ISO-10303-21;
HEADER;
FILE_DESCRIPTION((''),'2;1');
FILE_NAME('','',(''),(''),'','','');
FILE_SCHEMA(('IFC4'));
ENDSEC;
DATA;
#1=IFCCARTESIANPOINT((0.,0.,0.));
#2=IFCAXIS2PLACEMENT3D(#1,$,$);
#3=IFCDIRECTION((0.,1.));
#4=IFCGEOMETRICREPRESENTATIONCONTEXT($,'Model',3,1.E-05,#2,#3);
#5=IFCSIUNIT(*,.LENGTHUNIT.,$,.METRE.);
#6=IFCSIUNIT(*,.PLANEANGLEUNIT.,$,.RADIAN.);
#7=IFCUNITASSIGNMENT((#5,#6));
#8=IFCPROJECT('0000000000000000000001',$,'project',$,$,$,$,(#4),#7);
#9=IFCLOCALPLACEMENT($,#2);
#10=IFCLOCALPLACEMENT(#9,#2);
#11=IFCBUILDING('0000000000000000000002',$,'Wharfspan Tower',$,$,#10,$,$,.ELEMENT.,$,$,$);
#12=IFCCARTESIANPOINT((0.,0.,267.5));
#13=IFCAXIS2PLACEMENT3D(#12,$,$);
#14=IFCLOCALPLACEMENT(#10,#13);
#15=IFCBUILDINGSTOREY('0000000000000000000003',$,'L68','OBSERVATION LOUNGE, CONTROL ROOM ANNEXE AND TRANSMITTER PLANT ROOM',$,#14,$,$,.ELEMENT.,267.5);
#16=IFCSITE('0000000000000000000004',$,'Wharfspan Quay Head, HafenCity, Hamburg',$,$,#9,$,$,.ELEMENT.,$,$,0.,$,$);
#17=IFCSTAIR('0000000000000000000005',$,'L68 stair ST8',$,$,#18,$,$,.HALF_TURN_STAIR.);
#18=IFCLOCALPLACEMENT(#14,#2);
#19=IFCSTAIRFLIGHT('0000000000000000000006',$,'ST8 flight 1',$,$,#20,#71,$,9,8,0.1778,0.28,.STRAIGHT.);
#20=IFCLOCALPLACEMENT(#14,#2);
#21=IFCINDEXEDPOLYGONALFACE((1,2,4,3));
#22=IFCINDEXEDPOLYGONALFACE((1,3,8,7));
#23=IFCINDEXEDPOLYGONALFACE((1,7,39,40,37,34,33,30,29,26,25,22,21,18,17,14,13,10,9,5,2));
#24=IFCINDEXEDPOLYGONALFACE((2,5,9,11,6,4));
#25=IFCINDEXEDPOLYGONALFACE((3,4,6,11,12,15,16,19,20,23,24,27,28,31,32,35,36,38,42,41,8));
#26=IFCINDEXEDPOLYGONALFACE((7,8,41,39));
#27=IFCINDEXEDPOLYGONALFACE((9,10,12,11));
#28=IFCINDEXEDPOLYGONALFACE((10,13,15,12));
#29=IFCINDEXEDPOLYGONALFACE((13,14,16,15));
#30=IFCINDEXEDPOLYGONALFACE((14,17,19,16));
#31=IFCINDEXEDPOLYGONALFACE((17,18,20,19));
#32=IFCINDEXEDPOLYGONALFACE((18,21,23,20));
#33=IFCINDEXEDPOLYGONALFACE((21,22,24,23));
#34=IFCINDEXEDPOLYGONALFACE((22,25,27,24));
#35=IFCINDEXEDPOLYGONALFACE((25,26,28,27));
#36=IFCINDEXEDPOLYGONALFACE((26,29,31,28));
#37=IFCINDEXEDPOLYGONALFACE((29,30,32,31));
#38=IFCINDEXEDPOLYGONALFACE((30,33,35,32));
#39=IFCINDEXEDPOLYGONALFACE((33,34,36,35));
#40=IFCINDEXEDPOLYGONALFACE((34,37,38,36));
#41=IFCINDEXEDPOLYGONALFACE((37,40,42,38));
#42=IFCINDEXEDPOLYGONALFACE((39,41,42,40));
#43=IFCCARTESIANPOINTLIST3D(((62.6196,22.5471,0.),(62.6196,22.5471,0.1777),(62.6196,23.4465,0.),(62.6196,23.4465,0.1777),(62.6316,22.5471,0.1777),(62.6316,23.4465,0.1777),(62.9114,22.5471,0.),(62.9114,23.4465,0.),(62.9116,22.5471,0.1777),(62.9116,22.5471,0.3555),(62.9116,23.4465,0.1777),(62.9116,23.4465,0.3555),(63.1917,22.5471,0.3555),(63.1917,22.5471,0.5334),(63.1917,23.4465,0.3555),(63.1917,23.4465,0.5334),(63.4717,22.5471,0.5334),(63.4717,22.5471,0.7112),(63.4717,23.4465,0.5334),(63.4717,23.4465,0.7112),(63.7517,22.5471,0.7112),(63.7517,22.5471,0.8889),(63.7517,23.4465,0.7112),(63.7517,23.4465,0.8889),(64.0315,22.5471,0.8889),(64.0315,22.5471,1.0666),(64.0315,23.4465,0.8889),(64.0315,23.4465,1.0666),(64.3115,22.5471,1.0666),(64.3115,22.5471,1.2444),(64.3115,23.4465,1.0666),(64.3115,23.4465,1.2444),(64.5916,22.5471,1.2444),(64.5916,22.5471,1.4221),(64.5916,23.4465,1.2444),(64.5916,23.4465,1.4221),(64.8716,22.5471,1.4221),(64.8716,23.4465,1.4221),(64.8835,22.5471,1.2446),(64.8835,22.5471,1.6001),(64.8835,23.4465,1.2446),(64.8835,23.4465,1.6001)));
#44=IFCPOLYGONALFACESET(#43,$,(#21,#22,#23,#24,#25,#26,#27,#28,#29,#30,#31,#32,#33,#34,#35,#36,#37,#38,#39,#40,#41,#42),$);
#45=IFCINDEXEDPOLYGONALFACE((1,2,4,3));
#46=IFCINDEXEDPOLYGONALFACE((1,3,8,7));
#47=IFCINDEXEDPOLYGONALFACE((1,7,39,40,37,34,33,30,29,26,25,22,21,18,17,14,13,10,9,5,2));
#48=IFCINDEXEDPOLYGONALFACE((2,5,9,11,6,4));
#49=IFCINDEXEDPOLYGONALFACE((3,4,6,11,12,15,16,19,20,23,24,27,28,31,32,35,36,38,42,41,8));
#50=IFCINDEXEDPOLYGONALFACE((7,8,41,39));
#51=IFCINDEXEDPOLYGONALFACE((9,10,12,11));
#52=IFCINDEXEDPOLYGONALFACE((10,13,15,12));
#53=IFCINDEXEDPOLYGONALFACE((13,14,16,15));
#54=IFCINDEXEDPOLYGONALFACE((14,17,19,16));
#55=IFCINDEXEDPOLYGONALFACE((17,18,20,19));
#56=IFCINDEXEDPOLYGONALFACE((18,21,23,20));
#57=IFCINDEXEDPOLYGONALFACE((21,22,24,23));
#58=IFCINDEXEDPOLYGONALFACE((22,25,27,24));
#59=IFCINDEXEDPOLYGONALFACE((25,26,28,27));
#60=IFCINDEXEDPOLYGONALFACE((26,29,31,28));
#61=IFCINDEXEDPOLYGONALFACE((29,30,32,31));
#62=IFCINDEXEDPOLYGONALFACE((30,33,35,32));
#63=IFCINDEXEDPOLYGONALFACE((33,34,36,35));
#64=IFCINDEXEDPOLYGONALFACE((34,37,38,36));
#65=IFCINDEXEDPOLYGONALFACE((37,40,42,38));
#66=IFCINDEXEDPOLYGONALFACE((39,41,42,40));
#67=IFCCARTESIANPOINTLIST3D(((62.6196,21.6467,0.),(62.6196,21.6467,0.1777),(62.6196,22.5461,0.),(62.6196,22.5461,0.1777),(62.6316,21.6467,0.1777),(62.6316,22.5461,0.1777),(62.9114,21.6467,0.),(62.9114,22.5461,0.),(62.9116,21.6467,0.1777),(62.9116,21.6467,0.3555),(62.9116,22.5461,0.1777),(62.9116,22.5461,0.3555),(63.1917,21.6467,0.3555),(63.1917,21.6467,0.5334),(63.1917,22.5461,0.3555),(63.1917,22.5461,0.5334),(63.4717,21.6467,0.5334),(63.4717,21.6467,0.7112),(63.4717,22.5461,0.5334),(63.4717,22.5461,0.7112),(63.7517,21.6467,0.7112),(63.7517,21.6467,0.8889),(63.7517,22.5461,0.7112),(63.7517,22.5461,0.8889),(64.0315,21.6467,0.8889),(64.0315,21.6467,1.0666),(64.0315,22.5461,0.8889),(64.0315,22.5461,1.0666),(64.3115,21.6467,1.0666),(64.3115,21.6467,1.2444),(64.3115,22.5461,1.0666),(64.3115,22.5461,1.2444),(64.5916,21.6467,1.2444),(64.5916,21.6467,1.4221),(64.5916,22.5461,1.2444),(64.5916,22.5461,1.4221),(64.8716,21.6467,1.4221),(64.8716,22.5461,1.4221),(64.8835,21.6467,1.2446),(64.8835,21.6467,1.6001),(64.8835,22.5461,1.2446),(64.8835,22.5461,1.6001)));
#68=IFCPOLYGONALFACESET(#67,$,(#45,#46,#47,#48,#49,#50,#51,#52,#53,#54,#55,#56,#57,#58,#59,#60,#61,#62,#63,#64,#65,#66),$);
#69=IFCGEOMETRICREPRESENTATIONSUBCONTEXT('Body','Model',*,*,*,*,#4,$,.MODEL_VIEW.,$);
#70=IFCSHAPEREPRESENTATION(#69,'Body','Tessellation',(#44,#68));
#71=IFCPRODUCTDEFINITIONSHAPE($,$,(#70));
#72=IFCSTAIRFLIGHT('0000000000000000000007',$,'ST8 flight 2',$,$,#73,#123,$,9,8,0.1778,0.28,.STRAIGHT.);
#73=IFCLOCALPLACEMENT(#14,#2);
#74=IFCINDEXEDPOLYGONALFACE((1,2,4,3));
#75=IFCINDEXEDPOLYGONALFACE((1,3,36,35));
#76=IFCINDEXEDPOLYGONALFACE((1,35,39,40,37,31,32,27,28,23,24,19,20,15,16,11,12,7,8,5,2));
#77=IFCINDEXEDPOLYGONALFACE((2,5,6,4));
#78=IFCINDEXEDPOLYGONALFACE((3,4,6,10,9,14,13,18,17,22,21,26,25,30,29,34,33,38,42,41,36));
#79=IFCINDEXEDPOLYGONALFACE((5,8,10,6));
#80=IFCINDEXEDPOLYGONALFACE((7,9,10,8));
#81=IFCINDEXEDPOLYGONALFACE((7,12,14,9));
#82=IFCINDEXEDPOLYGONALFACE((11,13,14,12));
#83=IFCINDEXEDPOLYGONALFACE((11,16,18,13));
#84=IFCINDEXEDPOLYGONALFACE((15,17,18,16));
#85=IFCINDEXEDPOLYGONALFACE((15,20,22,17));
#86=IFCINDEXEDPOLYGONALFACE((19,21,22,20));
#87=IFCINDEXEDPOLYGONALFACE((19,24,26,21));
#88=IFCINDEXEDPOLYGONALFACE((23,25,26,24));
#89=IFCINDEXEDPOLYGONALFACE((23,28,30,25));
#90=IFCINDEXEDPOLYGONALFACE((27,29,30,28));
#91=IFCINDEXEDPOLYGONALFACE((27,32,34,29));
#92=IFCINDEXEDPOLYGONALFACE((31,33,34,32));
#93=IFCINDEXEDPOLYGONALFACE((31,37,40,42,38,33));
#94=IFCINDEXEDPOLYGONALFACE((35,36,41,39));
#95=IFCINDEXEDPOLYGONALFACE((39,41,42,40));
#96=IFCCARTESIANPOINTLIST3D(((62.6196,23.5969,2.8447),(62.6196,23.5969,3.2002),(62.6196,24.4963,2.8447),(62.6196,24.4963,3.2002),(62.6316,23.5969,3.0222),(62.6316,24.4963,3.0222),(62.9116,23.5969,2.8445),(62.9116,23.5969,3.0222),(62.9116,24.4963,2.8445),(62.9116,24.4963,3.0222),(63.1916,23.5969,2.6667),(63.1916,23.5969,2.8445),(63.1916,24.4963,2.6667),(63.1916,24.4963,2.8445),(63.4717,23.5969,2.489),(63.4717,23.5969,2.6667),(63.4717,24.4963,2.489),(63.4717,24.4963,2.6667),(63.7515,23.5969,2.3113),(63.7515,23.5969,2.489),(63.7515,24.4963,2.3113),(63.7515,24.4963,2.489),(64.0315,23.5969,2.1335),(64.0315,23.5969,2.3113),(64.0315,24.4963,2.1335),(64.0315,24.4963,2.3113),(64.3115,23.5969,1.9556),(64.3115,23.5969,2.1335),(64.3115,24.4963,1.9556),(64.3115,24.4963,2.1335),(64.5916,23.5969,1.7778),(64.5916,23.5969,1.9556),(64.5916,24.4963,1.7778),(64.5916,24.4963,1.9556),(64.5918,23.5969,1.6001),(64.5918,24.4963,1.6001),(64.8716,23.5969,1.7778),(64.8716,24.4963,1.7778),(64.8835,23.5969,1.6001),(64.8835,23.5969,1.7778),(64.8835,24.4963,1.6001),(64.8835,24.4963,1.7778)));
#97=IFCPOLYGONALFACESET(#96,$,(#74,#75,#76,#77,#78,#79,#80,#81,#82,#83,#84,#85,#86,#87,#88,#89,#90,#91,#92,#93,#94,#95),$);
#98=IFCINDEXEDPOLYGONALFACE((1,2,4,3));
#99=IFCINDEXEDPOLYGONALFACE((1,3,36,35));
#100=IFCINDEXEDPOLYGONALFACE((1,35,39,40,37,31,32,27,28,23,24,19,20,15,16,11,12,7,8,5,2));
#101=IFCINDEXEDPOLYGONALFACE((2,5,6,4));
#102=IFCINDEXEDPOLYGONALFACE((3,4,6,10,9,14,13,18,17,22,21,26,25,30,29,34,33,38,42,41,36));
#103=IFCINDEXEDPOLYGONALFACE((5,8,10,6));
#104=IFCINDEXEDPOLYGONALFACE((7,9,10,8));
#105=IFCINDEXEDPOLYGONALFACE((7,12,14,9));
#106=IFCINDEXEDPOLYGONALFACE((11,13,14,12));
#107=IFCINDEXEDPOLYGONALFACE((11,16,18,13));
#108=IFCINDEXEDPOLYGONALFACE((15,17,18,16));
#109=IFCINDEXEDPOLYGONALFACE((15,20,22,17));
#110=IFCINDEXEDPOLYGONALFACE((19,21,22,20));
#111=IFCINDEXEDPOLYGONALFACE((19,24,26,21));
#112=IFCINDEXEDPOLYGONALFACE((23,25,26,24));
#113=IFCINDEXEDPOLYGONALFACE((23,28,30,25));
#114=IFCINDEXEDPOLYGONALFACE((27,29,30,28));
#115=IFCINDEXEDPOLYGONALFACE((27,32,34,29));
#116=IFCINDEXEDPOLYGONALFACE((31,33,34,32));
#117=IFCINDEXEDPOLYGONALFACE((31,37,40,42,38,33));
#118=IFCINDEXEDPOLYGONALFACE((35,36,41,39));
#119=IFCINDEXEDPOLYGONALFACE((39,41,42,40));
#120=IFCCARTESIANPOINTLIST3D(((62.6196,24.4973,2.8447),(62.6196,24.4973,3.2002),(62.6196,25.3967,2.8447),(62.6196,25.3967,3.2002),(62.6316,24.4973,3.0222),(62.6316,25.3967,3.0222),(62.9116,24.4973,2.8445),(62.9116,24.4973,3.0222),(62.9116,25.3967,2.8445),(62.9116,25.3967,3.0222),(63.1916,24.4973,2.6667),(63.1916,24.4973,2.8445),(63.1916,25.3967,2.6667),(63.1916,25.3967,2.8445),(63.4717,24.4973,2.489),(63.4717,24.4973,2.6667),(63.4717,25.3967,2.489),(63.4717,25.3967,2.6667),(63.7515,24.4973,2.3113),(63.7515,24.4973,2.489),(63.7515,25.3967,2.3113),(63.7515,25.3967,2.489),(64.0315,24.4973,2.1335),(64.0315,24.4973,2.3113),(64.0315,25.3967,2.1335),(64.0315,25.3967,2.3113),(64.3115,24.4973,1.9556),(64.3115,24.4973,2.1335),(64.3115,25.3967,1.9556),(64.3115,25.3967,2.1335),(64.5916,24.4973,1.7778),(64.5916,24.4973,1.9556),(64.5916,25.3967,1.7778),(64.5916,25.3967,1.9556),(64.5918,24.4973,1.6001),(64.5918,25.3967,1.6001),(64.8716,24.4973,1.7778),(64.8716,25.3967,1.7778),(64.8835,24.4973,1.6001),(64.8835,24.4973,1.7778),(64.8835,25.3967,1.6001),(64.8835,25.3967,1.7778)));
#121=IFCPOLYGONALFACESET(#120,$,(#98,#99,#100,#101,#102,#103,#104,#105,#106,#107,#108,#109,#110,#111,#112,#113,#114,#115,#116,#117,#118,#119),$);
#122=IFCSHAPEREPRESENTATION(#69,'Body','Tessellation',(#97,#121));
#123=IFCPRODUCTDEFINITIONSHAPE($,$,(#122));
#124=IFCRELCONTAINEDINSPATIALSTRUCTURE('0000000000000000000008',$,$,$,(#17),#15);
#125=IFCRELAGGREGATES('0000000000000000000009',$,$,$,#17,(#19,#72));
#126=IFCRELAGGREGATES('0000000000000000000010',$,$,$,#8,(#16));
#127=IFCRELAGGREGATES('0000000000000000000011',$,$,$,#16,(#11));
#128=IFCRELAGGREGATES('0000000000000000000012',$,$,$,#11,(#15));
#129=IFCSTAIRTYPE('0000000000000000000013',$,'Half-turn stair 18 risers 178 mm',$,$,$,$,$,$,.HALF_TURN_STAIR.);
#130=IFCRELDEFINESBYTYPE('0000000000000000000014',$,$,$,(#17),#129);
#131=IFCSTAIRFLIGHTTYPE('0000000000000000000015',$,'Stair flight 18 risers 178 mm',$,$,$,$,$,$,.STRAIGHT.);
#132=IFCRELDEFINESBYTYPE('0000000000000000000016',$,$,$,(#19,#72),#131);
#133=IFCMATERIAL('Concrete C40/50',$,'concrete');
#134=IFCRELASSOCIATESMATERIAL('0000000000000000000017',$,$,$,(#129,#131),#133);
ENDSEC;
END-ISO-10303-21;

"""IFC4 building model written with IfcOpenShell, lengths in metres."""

from ifc_helpers import new_model, si_unit, direction, frame, origin, place, context, subcontext, project, spatial, polyline, outline, extrude, material, type_object, element, aggregate, save


model = new_model("IFC4")

# Units and contexts
model_context = context("Model", 3, precision=1e-05, world=origin(), true_north=direction((0.0, 1.0)))
body_context = subcontext(model_context, "Body", "Model", "MODEL_VIEW")
ifc_project = project(units=[si_unit("LENGTHUNIT", "METRE"), si_unit("PLANEANGLEUNIT", "RADIAN")], contexts=[model_context])

# Site, building, storey
site_placement = place(None, origin())
site = spatial("IfcSite", under=ifc_project, at=site_placement, Name="Wharfspan Quay Head, HafenCity, Hamburg", CompositionType="ELEMENT", RefElevation=0.0)
building_placement = place(site_placement, origin())
building = spatial("IfcBuilding", under=site, at=building_placement, Name="Wharfspan Tower", CompositionType="ELEMENT")
storey_placement = place(building_placement, frame((0.0, 0.0, 267.5)))
storey = spatial("IfcBuildingStorey", under=building, at=storey_placement, Name="L68", Description="OBSERVATION LOUNGE, CONTROL ROOM ANNEXE AND TRANSMITTER PLANT ROOM", CompositionType="ELEMENT", Elevation=267.5)

# Shared definitions
ifc_material_1 = material(Name="Concrete C40/50", Category="concrete")

# Stair, stair flights
stair_type = type_object("IfcStairType", Name="Half-turn stair 18 risers 178 mm", PredefinedType="HALF_TURN_STAIR", material=ifc_material_1)
stair_placement = place(storey_placement, origin())
stair = element("IfcStair", 1, at=stair_placement, inside=storey, type_object=stair_type, Name="L68 stair ST8", PredefinedType="HALF_TURN_STAIR")
stair_flight_type = type_object("IfcStairFlightType", Name="Stair flight 18 risers 178 mm", PredefinedType="STRAIGHT", material=ifc_material_1)
stair_flight_1_placement = place(storey_placement, frame((62.6316, 22.5466, 0.0), z_axis=(0.0, 0.0, 1.0), x_axis=(1.0, 0.0, 0.0)))
stair_flight_1 = element("IfcStairFlight", 2, at=stair_flight_1_placement, type_object=stair_flight_type, Name="ST8 flight 1", NumberOfRisers=9, NumberOfTreads=8, PredefinedType="STRAIGHT", RiserHeight=0.1778, TreadLength=0.28, context=body_context, shape_type="SweptSolid", body=[
    extrude(outline(polyline([(-0.012, 0.0), (-0.012, 0.1777), (0.0, 0.1777), (0.28, 0.1777), (0.28, 0.3555), (0.5601, 0.3555), (0.5601, 0.5334), (0.8401, 0.5334), (0.8401, 0.7112), (1.1201, 0.7112), (1.1201, 0.8889), (1.3999, 0.8889), (1.3999, 1.0667), (1.6799, 1.0667), (1.6799, 1.2444), (1.96, 1.2444), (1.96, 1.4221), (2.24, 1.4221), (2.252, 1.6001), (2.252, 1.2446), (0.2798, 0.0), (-0.012, 0.0)])), frame((0.0, 0.8999, 0.0), z_axis=(0.0, -1.0, 0.0), x_axis=(1.0, 0.0, 0.0)), (0.0, 0.0, 1.0), 0.8994),
    extrude(outline(polyline([(-0.012, 0.0), (-0.012, 0.1777), (0.0, 0.1777), (0.28, 0.1777), (0.28, 0.3555), (0.5601, 0.3555), (0.5601, 0.5334), (0.8401, 0.5334), (0.8401, 0.7112), (1.1201, 0.7112), (1.1201, 0.8889), (1.3999, 0.8889), (1.3999, 1.0667), (1.6799, 1.0667), (1.6799, 1.2444), (1.96, 1.2444), (1.96, 1.4221), (2.24, 1.4221), (2.252, 1.6001), (2.252, 1.2446), (0.2798, 0.0), (-0.012, 0.0)])), frame((0.0, -0.0005, 0.0), z_axis=(0.0, -1.0, 0.0), x_axis=(1.0, 0.0, 0.0)), (0.0, 0.0, 1.0), 0.8994),
])
stair_flight_2_placement = place(storey_placement, frame((64.8716, 24.4968, 1.6001), z_axis=(0.0, 0.0, 1.0), x_axis=(-1.0, 0.0, 0.0)))
stair_flight_2 = element("IfcStairFlight", 3, at=stair_flight_2_placement, type_object=stair_flight_type, Name="ST8 flight 2", NumberOfRisers=9, NumberOfTreads=8, PredefinedType="STRAIGHT", RiserHeight=0.1778, TreadLength=0.28, context=body_context, shape_type="SweptSolid", body=[
    extrude(outline(polyline([(-0.012, 0.0), (-0.012, 0.1777), (0.0, 0.1777), (0.28, 0.1777), (0.28, 0.3555), (0.5601, 0.3555), (0.5601, 0.5334), (0.8401, 0.5334), (0.8401, 0.7112), (1.1201, 0.7112), (1.1201, 0.8889), (1.3999, 0.8889), (1.3999, 1.0667), (1.6799, 1.0667), (1.6799, 1.2444), (1.96, 1.2444), (1.96, 1.4221), (2.24, 1.4221), (2.252, 1.6001), (2.252, 1.2446), (0.2798, 0.0), (-0.012, 0.0)])), frame((0.0, 0.8999, 0.0), z_axis=(0.0, -1.0, 0.0), x_axis=(1.0, 0.0, 0.0)), (0.0, 0.0, 1.0), 0.8994),
    extrude(outline(polyline([(-0.012, 0.0), (-0.012, 0.1777), (0.0, 0.1777), (0.28, 0.1777), (0.28, 0.3555), (0.5601, 0.3555), (0.5601, 0.5334), (0.8401, 0.5334), (0.8401, 0.7112), (1.1201, 0.7112), (1.1201, 0.8889), (1.3999, 0.8889), (1.3999, 1.0667), (1.6799, 1.0667), (1.6799, 1.2444), (1.96, 1.2444), (1.96, 1.4221), (2.24, 1.4221), (2.252, 1.6001), (2.252, 1.2446), (0.2798, 0.0), (-0.012, 0.0)])), frame((0.0, -0.0005, 0.0), z_axis=(0.0, -1.0, 0.0), x_axis=(1.0, 0.0, 0.0)), (0.0, 0.0, 1.0), 0.8994),
])
aggregate(stair, [stair_flight_1, stair_flight_2])

save(model, "model.ifc")
